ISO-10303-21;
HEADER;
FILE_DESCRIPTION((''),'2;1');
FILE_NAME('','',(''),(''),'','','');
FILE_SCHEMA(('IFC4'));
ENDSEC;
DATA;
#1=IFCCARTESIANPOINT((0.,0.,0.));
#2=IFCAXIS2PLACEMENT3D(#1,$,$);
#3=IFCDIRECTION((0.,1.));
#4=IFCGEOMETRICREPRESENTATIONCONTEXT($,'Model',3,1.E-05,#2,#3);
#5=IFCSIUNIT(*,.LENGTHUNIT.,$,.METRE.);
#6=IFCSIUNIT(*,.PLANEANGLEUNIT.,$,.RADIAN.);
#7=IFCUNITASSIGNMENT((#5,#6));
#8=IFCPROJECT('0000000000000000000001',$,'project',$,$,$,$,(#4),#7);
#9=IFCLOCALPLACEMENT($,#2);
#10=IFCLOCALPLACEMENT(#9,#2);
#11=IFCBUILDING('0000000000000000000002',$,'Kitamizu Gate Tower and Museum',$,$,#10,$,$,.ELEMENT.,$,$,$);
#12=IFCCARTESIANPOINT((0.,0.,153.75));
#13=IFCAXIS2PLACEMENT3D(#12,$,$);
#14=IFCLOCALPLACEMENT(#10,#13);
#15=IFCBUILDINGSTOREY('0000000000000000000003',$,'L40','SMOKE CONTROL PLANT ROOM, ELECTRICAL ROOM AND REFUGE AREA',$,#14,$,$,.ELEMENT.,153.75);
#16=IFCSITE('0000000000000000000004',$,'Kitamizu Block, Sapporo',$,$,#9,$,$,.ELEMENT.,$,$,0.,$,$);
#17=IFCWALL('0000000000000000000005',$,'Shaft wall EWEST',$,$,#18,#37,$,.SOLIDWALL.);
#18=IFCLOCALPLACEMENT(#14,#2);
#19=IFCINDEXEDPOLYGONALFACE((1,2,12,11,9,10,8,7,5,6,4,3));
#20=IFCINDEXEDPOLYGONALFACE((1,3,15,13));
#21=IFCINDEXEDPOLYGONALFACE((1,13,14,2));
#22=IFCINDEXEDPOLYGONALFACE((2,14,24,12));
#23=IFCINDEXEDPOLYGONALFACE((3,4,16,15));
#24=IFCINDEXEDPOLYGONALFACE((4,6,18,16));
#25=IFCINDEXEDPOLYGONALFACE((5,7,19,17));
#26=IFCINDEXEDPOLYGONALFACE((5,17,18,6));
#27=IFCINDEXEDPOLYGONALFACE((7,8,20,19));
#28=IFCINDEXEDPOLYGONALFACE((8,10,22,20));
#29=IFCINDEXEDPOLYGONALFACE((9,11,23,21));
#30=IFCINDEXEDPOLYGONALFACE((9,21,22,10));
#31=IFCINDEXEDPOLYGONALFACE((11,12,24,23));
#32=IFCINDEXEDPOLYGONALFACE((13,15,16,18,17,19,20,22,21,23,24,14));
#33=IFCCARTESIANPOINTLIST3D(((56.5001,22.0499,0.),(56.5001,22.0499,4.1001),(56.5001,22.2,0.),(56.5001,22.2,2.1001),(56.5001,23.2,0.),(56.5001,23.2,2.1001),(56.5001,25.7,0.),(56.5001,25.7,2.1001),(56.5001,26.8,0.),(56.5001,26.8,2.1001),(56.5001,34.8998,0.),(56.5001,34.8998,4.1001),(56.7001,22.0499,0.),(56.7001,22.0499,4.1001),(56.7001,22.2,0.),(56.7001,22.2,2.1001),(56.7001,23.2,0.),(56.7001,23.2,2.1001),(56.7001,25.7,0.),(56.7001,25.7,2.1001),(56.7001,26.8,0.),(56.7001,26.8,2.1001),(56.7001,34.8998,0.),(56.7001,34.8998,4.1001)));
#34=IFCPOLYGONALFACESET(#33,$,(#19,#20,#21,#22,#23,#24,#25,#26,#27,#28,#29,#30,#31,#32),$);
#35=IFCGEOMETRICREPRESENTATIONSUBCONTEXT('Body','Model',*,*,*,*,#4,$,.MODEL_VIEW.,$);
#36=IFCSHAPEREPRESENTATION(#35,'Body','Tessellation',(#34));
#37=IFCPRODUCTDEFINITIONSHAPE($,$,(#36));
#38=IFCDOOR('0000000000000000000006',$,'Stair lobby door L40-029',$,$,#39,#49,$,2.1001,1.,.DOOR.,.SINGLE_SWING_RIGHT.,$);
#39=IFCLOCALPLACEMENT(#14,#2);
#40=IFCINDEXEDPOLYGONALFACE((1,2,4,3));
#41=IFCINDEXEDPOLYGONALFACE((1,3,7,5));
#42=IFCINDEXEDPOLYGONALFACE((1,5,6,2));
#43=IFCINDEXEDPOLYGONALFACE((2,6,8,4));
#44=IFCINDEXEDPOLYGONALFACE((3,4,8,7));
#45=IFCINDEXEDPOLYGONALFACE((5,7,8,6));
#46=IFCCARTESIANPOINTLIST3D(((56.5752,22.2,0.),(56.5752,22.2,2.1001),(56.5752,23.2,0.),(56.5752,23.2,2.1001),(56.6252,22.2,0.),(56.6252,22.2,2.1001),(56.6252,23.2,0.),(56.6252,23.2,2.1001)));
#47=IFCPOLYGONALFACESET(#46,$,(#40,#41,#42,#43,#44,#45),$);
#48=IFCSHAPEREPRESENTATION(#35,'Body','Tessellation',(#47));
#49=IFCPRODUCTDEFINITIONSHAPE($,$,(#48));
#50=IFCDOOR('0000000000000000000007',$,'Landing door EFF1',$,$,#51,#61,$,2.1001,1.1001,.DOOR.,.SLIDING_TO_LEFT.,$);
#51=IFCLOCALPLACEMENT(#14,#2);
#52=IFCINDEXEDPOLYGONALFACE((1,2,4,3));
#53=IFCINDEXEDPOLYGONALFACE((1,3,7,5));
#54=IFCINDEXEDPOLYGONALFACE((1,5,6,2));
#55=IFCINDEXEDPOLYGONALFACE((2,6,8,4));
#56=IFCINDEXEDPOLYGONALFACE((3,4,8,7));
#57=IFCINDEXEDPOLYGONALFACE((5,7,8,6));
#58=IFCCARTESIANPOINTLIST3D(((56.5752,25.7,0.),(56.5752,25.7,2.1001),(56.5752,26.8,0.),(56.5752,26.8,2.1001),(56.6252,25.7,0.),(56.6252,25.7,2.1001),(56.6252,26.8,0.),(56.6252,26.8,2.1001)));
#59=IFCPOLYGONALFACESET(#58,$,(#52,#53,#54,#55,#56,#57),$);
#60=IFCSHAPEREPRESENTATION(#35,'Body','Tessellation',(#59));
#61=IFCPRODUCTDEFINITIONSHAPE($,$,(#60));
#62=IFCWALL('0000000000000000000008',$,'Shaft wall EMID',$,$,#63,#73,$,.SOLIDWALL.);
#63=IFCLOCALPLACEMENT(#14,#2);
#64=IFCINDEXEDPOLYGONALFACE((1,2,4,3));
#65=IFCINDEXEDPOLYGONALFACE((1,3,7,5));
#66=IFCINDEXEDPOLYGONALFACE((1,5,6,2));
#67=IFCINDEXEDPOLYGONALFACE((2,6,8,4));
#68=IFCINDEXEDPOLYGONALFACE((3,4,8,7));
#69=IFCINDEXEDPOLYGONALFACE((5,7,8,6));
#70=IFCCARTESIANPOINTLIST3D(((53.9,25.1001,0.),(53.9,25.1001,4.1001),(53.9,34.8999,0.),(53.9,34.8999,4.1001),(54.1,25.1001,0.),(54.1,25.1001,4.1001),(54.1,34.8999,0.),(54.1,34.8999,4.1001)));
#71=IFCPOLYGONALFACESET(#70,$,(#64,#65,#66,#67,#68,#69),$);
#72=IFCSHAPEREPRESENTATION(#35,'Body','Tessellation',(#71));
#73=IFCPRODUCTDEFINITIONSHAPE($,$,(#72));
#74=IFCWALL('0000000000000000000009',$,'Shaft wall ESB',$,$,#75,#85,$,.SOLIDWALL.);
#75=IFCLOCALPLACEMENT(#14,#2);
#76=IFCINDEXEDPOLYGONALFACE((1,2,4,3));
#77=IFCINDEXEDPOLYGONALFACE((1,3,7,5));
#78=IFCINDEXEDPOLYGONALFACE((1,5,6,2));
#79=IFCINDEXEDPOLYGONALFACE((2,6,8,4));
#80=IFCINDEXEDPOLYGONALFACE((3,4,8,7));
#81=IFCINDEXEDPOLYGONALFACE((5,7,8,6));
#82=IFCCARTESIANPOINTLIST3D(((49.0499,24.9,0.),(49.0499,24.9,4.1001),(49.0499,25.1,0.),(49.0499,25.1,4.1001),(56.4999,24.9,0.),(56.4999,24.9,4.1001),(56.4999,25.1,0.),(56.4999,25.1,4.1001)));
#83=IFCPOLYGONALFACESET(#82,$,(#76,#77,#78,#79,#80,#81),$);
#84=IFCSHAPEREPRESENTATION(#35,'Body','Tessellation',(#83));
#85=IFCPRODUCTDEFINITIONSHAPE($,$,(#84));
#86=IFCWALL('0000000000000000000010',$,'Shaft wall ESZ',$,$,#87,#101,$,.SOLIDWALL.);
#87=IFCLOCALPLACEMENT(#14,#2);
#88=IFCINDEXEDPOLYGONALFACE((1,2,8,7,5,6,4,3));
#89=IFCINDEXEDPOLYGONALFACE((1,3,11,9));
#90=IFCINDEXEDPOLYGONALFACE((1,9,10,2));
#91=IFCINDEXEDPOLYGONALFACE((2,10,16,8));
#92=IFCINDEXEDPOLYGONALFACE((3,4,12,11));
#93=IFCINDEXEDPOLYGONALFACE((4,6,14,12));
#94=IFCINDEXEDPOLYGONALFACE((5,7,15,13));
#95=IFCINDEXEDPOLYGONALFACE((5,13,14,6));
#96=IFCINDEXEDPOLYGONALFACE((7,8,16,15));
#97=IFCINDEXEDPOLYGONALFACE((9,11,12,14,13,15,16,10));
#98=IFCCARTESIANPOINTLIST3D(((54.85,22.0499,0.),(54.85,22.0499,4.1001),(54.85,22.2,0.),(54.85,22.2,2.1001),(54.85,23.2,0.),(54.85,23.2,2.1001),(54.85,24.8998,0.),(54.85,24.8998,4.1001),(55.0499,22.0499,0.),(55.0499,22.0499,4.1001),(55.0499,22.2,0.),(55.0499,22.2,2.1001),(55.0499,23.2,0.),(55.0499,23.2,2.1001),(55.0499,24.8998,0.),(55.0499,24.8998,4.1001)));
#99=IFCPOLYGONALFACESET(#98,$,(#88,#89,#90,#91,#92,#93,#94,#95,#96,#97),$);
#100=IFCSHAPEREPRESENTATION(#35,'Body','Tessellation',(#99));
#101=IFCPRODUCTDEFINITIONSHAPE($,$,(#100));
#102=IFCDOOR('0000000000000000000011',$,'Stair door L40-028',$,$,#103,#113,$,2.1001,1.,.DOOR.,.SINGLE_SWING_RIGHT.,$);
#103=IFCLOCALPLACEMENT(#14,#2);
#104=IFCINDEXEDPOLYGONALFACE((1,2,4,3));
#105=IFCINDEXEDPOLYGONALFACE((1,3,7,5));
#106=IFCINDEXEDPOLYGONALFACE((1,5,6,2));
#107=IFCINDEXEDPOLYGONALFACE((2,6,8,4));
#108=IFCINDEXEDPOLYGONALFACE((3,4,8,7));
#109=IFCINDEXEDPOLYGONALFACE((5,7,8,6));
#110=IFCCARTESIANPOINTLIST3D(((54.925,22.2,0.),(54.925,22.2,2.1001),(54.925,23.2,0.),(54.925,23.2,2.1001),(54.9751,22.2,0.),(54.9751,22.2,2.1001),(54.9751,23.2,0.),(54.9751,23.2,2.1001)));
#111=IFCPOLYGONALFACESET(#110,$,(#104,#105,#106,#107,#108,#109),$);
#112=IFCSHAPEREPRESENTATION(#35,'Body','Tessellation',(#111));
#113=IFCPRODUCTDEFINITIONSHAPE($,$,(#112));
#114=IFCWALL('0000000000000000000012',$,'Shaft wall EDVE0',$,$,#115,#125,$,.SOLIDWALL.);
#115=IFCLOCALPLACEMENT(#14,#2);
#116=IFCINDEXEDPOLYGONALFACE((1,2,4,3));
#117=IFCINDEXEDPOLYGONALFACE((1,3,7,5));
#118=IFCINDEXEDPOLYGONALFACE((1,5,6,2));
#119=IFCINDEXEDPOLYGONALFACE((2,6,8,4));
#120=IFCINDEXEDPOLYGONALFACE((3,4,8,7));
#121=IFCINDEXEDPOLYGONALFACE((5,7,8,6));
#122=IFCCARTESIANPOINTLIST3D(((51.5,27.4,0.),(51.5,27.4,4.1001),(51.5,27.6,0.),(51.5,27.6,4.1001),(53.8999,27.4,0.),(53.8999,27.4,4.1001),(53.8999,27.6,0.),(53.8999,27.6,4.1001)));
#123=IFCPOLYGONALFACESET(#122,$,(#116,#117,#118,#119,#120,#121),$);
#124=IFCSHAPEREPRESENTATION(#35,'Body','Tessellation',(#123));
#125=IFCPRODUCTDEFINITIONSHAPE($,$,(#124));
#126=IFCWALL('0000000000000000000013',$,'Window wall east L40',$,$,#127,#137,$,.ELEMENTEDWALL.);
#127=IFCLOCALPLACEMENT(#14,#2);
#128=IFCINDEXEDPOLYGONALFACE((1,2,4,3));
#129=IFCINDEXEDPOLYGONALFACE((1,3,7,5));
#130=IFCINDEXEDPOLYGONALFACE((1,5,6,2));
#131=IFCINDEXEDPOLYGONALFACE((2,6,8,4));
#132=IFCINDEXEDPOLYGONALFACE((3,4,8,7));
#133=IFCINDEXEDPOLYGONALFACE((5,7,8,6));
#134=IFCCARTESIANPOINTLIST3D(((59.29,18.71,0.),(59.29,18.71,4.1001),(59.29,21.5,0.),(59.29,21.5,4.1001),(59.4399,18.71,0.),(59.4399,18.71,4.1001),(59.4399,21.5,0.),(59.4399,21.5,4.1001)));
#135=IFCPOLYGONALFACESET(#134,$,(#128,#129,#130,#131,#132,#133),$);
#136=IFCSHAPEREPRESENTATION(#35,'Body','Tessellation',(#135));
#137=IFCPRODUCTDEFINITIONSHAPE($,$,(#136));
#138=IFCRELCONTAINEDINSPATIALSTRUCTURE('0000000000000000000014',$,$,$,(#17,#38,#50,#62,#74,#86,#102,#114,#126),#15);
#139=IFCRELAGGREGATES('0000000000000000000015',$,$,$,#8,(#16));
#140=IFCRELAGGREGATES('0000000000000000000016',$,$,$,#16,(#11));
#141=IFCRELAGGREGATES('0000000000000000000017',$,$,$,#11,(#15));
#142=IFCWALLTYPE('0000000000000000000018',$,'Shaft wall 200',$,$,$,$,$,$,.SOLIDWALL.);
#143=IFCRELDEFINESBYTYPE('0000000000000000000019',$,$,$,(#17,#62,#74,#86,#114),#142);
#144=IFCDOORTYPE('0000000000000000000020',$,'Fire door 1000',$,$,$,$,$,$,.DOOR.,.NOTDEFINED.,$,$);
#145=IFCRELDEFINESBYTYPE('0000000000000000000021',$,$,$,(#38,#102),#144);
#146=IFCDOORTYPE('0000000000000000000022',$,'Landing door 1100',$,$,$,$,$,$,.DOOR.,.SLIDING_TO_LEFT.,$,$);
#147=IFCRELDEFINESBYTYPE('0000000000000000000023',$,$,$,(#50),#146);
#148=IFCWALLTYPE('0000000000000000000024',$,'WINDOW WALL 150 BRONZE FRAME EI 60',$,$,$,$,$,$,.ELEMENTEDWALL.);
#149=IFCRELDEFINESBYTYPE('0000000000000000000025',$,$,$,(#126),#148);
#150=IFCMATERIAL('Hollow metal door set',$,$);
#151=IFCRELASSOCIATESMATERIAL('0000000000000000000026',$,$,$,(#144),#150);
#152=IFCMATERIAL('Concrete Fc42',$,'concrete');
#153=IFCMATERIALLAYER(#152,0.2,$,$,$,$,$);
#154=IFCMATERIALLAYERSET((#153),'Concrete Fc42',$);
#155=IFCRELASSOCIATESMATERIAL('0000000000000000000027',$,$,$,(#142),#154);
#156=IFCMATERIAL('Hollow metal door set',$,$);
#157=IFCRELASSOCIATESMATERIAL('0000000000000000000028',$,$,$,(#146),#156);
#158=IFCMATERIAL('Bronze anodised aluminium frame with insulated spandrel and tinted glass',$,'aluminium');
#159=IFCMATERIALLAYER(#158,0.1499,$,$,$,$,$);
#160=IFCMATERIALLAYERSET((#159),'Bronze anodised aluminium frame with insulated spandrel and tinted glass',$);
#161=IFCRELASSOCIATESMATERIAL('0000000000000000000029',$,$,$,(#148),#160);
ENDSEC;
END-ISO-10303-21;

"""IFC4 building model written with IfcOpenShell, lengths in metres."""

from ifc_helpers import new_model, si_unit, direction, frame, frame_2d, origin, place, context, subcontext, project, spatial, rectangle, extrude, material, layer, layer_set, type_object, element, fill, save


model = new_model("IFC4")

# Units and contexts
model_context = context("Model", 3, precision=1e-05, world=origin(), true_north=direction((0.0, 1.0)))
body_context = subcontext(model_context, "Body", "Model", "MODEL_VIEW")
ifc_project = project(units=[si_unit("LENGTHUNIT", "METRE"), si_unit("PLANEANGLEUNIT", "RADIAN")], contexts=[model_context])

# Site, building, storey
site_placement = place(None, origin())
site = spatial("IfcSite", under=ifc_project, at=site_placement, Name="Kitamizu Block, Sapporo", CompositionType="ELEMENT", RefElevation=0.0)
building_placement = place(site_placement, origin())
building = spatial("IfcBuilding", under=site, at=building_placement, Name="Kitamizu Gate Tower and Museum", CompositionType="ELEMENT")
storey_placement = place(building_placement, frame((0.0, 0.0, 153.75)))
storey = spatial("IfcBuildingStorey", under=building, at=storey_placement, Name="L40", Description="SMOKE CONTROL PLANT ROOM, ELECTRICAL ROOM AND REFUGE AREA", CompositionType="ELEMENT", Elevation=153.75)

# Shared definitions
ifc_material_1 = material(Name="Hollow metal door set")
door_type_1 = type_object("IfcDoorType", Name="Fire door 1000", OperationType="NOTDEFINED", PredefinedType="DOOR", material=ifc_material_1)

# Wall, openings, doors
ifc_material_2 = material(Name="Concrete Fc42", Category="concrete")
ifc_layer_1 = layer(ifc_material_2, 0.2)
ifc_layer_set_1 = layer_set([ifc_layer_1], Name="Concrete Fc42")
wall_type_1 = type_object("IfcWallType", Name="Shaft wall 200", PredefinedType="SOLIDWALL", material=ifc_layer_set_1)
wall_1_placement = place(storey_placement, frame((56.6001, 22.05, 0.0), z_axis=(0.0, 0.0, 1.0), x_axis=(0.0, 1.0, 0.0)))
wall_1 = element("IfcWall", 1, at=wall_1_placement, inside=storey, type_object=wall_type_1, Name="Shaft wall EWEST", PredefinedType="SOLIDWALL", context=body_context, shape_type="SweptSolid", body=[
    extrude(rectangle(XDim=12.8499, YDim=0.2, at=frame_2d((6.4248, 0.0))), origin(), (0.0, 0.0, 1.0), 4.1001),
])
opening_1_placement = place(wall_1_placement, frame((3.6499, 0.0, 0.0)))
opening_1 = element("IfcOpeningElement", 2, at=opening_1_placement, cuts=wall_1, PredefinedType="OPENING", context=body_context, shape_type="SweptSolid", body=[
    extrude(rectangle(XDim=1.1001, YDim=2.1001, at=frame_2d((0.55, 1.05))), frame((0.0, 0.1099, 0.0), z_axis=(0.0, -1.0, 0.0), x_axis=(1.0, 0.0, 0.0)), (0.0, 0.0, 1.0), 0.22),
])
opening_2_placement = place(wall_1_placement, frame((0.1499, 0.0, 0.0)))
opening_2 = element("IfcOpeningElement", 3, at=opening_2_placement, cuts=wall_1, PredefinedType="OPENING", context=body_context, shape_type="SweptSolid", body=[
    extrude(rectangle(XDim=1.0, YDim=2.1001, at=frame_2d((0.5, 1.05))), frame((0.0, 0.1099, 0.0), z_axis=(0.0, -1.0, 0.0), x_axis=(1.0, 0.0, 0.0)), (0.0, 0.0, 1.0), 0.22),
])
door_1_placement = place(opening_2_placement, origin())
door_1 = element("IfcDoor", 4, at=door_1_placement, inside=storey, type_object=door_type_1, Name="Stair lobby door L40-029", OperationType="SINGLE_SWING_RIGHT", OverallHeight=2.1001, OverallWidth=1.0, PredefinedType="DOOR", context=body_context, shape_type="SweptSolid", body=[
    extrude(rectangle(XDim=1.0, YDim=2.1001, at=frame_2d((0.5, 1.05))), frame((0.0, 0.0249, 0.0), z_axis=(0.0, -1.0, 0.0), x_axis=(1.0, 0.0, 0.0)), (0.0, 0.0, 1.0), 0.05),
])
fill(opening_2, door_1)
ifc_material_3 = material(Name="Hollow metal door set")
door_type_2 = type_object("IfcDoorType", Name="Landing door 1100", OperationType="SLIDING_TO_LEFT", PredefinedType="DOOR", material=ifc_material_3)
door_2_placement = place(opening_1_placement, origin())
door_2 = element("IfcDoor", 5, at=door_2_placement, inside=storey, type_object=door_type_2, Name="Landing door EFF1", OperationType="SLIDING_TO_LEFT", OverallHeight=2.1001, OverallWidth=1.1001, PredefinedType="DOOR", context=body_context, shape_type="SweptSolid", body=[
    extrude(rectangle(XDim=1.1001, YDim=2.1001, at=frame_2d((0.55, 1.05))), frame((0.0, 0.0249, 0.0), z_axis=(0.0, -1.0, 0.0), x_axis=(1.0, 0.0, 0.0)), (0.0, 0.0, 1.0), 0.05),
])
fill(opening_1, door_2)

# Walls
wall_2_placement = place(storey_placement, frame((54.0, 25.1001, 0.0), z_axis=(0.0, 0.0, 1.0), x_axis=(0.0, 1.0, 0.0)))
element("IfcWall", 6, at=wall_2_placement, inside=storey, type_object=wall_type_1, Name="Shaft wall EMID", PredefinedType="SOLIDWALL", context=body_context, shape_type="SweptSolid", body=[
    extrude(rectangle(XDim=9.7998, YDim=0.2, at=frame_2d((4.8999, 0.0))), origin(), (0.0, 0.0, 1.0), 4.1001),
])
wall_3_placement = place(storey_placement, frame((56.5, 25.0, 0.0), z_axis=(0.0, 0.0, 1.0), x_axis=(-1.0, 0.0, 0.0)))
element("IfcWall", 7, at=wall_3_placement, inside=storey, type_object=wall_type_1, Name="Shaft wall ESB", PredefinedType="SOLIDWALL", context=body_context, shape_type="SweptSolid", body=[
    extrude(rectangle(XDim=7.45, YDim=0.2, at=frame_2d((3.7251, 0.0))), origin(), (0.0, 0.0, 1.0), 4.1001),
])

# Wall, opening, door
wall_4_placement = place(storey_placement, frame((54.95, 22.05, 0.0), z_axis=(0.0, 0.0, 1.0), x_axis=(0.0, 1.0, 0.0)))
wall_4 = element("IfcWall", 8, at=wall_4_placement, inside=storey, type_object=wall_type_1, Name="Shaft wall ESZ", PredefinedType="SOLIDWALL", context=body_context, shape_type="SweptSolid", body=[
    extrude(rectangle(XDim=2.8499, YDim=0.2, at=frame_2d((1.4248, 0.0))), origin(), (0.0, 0.0, 1.0), 4.1001),
])
opening_3_placement = place(wall_4_placement, frame((0.1499, 0.0, 0.0)))
opening_3 = element("IfcOpeningElement", 9, at=opening_3_placement, cuts=wall_4, PredefinedType="OPENING", context=body_context, shape_type="SweptSolid", body=[
    extrude(rectangle(XDim=1.0, YDim=2.1001, at=frame_2d((0.5, 1.05))), frame((0.0, 0.1099, 0.0), z_axis=(0.0, -1.0, 0.0), x_axis=(1.0, 0.0, 0.0)), (0.0, 0.0, 1.0), 0.22),
])
door_3_placement = place(opening_3_placement, origin())
door_3 = element("IfcDoor", 10, at=door_3_placement, inside=storey, type_object=door_type_1, Name="Stair door L40-028", OperationType="SINGLE_SWING_RIGHT", OverallHeight=2.1001, OverallWidth=1.0, PredefinedType="DOOR", context=body_context, shape_type="SweptSolid", body=[
    extrude(rectangle(XDim=1.0, YDim=2.1001, at=frame_2d((0.5, 1.05))), frame((0.0, 0.0249, 0.0), z_axis=(0.0, -1.0, 0.0), x_axis=(1.0, 0.0, 0.0)), (0.0, 0.0, 1.0), 0.05),
])
fill(opening_3, door_3)

# Walls
wall_5_placement = place(storey_placement, frame((53.8999, 27.5, 0.0), z_axis=(0.0, 0.0, 1.0), x_axis=(-1.0, 0.0, 0.0)))
element("IfcWall", 11, at=wall_5_placement, inside=storey, type_object=wall_type_1, Name="Shaft wall EDVE0", PredefinedType="SOLIDWALL", context=body_context, shape_type="SweptSolid", body=[
    extrude(rectangle(XDim=2.3999, YDim=0.2, at=frame_2d((1.2, 0.0))), origin(), (0.0, 0.0, 1.0), 4.1001),
])
ifc_material_4 = material(Name="Bronze anodised aluminium frame with insulated spandrel and tinted glass", Category="aluminium")
ifc_layer_2 = layer(ifc_material_4, 0.1499)
ifc_layer_set_2 = layer_set([ifc_layer_2], Name="Bronze anodised aluminium frame with insulated spandrel and tinted glass")
wall_type_2 = type_object("IfcWallType", Name="WINDOW WALL 150 BRONZE FRAME EI 60", PredefinedType="ELEMENTEDWALL", material=ifc_layer_set_2)
wall_6_placement = place(storey_placement, frame((59.365, 18.71, 0.0), z_axis=(0.0, 0.0, 1.0), x_axis=(0.0, 1.0, 0.0)))
element("IfcWall", 12, at=wall_6_placement, inside=storey, type_object=wall_type_2, Name="Window wall east L40", PredefinedType="ELEMENTEDWALL", context=body_context, shape_type="SweptSolid", body=[
    extrude(rectangle(XDim=2.79, YDim=0.1499, at=frame_2d((1.395, 0.0))), origin(), (0.0, 0.0, 1.0), 4.1001),
])

save(model, "model.ifc")
